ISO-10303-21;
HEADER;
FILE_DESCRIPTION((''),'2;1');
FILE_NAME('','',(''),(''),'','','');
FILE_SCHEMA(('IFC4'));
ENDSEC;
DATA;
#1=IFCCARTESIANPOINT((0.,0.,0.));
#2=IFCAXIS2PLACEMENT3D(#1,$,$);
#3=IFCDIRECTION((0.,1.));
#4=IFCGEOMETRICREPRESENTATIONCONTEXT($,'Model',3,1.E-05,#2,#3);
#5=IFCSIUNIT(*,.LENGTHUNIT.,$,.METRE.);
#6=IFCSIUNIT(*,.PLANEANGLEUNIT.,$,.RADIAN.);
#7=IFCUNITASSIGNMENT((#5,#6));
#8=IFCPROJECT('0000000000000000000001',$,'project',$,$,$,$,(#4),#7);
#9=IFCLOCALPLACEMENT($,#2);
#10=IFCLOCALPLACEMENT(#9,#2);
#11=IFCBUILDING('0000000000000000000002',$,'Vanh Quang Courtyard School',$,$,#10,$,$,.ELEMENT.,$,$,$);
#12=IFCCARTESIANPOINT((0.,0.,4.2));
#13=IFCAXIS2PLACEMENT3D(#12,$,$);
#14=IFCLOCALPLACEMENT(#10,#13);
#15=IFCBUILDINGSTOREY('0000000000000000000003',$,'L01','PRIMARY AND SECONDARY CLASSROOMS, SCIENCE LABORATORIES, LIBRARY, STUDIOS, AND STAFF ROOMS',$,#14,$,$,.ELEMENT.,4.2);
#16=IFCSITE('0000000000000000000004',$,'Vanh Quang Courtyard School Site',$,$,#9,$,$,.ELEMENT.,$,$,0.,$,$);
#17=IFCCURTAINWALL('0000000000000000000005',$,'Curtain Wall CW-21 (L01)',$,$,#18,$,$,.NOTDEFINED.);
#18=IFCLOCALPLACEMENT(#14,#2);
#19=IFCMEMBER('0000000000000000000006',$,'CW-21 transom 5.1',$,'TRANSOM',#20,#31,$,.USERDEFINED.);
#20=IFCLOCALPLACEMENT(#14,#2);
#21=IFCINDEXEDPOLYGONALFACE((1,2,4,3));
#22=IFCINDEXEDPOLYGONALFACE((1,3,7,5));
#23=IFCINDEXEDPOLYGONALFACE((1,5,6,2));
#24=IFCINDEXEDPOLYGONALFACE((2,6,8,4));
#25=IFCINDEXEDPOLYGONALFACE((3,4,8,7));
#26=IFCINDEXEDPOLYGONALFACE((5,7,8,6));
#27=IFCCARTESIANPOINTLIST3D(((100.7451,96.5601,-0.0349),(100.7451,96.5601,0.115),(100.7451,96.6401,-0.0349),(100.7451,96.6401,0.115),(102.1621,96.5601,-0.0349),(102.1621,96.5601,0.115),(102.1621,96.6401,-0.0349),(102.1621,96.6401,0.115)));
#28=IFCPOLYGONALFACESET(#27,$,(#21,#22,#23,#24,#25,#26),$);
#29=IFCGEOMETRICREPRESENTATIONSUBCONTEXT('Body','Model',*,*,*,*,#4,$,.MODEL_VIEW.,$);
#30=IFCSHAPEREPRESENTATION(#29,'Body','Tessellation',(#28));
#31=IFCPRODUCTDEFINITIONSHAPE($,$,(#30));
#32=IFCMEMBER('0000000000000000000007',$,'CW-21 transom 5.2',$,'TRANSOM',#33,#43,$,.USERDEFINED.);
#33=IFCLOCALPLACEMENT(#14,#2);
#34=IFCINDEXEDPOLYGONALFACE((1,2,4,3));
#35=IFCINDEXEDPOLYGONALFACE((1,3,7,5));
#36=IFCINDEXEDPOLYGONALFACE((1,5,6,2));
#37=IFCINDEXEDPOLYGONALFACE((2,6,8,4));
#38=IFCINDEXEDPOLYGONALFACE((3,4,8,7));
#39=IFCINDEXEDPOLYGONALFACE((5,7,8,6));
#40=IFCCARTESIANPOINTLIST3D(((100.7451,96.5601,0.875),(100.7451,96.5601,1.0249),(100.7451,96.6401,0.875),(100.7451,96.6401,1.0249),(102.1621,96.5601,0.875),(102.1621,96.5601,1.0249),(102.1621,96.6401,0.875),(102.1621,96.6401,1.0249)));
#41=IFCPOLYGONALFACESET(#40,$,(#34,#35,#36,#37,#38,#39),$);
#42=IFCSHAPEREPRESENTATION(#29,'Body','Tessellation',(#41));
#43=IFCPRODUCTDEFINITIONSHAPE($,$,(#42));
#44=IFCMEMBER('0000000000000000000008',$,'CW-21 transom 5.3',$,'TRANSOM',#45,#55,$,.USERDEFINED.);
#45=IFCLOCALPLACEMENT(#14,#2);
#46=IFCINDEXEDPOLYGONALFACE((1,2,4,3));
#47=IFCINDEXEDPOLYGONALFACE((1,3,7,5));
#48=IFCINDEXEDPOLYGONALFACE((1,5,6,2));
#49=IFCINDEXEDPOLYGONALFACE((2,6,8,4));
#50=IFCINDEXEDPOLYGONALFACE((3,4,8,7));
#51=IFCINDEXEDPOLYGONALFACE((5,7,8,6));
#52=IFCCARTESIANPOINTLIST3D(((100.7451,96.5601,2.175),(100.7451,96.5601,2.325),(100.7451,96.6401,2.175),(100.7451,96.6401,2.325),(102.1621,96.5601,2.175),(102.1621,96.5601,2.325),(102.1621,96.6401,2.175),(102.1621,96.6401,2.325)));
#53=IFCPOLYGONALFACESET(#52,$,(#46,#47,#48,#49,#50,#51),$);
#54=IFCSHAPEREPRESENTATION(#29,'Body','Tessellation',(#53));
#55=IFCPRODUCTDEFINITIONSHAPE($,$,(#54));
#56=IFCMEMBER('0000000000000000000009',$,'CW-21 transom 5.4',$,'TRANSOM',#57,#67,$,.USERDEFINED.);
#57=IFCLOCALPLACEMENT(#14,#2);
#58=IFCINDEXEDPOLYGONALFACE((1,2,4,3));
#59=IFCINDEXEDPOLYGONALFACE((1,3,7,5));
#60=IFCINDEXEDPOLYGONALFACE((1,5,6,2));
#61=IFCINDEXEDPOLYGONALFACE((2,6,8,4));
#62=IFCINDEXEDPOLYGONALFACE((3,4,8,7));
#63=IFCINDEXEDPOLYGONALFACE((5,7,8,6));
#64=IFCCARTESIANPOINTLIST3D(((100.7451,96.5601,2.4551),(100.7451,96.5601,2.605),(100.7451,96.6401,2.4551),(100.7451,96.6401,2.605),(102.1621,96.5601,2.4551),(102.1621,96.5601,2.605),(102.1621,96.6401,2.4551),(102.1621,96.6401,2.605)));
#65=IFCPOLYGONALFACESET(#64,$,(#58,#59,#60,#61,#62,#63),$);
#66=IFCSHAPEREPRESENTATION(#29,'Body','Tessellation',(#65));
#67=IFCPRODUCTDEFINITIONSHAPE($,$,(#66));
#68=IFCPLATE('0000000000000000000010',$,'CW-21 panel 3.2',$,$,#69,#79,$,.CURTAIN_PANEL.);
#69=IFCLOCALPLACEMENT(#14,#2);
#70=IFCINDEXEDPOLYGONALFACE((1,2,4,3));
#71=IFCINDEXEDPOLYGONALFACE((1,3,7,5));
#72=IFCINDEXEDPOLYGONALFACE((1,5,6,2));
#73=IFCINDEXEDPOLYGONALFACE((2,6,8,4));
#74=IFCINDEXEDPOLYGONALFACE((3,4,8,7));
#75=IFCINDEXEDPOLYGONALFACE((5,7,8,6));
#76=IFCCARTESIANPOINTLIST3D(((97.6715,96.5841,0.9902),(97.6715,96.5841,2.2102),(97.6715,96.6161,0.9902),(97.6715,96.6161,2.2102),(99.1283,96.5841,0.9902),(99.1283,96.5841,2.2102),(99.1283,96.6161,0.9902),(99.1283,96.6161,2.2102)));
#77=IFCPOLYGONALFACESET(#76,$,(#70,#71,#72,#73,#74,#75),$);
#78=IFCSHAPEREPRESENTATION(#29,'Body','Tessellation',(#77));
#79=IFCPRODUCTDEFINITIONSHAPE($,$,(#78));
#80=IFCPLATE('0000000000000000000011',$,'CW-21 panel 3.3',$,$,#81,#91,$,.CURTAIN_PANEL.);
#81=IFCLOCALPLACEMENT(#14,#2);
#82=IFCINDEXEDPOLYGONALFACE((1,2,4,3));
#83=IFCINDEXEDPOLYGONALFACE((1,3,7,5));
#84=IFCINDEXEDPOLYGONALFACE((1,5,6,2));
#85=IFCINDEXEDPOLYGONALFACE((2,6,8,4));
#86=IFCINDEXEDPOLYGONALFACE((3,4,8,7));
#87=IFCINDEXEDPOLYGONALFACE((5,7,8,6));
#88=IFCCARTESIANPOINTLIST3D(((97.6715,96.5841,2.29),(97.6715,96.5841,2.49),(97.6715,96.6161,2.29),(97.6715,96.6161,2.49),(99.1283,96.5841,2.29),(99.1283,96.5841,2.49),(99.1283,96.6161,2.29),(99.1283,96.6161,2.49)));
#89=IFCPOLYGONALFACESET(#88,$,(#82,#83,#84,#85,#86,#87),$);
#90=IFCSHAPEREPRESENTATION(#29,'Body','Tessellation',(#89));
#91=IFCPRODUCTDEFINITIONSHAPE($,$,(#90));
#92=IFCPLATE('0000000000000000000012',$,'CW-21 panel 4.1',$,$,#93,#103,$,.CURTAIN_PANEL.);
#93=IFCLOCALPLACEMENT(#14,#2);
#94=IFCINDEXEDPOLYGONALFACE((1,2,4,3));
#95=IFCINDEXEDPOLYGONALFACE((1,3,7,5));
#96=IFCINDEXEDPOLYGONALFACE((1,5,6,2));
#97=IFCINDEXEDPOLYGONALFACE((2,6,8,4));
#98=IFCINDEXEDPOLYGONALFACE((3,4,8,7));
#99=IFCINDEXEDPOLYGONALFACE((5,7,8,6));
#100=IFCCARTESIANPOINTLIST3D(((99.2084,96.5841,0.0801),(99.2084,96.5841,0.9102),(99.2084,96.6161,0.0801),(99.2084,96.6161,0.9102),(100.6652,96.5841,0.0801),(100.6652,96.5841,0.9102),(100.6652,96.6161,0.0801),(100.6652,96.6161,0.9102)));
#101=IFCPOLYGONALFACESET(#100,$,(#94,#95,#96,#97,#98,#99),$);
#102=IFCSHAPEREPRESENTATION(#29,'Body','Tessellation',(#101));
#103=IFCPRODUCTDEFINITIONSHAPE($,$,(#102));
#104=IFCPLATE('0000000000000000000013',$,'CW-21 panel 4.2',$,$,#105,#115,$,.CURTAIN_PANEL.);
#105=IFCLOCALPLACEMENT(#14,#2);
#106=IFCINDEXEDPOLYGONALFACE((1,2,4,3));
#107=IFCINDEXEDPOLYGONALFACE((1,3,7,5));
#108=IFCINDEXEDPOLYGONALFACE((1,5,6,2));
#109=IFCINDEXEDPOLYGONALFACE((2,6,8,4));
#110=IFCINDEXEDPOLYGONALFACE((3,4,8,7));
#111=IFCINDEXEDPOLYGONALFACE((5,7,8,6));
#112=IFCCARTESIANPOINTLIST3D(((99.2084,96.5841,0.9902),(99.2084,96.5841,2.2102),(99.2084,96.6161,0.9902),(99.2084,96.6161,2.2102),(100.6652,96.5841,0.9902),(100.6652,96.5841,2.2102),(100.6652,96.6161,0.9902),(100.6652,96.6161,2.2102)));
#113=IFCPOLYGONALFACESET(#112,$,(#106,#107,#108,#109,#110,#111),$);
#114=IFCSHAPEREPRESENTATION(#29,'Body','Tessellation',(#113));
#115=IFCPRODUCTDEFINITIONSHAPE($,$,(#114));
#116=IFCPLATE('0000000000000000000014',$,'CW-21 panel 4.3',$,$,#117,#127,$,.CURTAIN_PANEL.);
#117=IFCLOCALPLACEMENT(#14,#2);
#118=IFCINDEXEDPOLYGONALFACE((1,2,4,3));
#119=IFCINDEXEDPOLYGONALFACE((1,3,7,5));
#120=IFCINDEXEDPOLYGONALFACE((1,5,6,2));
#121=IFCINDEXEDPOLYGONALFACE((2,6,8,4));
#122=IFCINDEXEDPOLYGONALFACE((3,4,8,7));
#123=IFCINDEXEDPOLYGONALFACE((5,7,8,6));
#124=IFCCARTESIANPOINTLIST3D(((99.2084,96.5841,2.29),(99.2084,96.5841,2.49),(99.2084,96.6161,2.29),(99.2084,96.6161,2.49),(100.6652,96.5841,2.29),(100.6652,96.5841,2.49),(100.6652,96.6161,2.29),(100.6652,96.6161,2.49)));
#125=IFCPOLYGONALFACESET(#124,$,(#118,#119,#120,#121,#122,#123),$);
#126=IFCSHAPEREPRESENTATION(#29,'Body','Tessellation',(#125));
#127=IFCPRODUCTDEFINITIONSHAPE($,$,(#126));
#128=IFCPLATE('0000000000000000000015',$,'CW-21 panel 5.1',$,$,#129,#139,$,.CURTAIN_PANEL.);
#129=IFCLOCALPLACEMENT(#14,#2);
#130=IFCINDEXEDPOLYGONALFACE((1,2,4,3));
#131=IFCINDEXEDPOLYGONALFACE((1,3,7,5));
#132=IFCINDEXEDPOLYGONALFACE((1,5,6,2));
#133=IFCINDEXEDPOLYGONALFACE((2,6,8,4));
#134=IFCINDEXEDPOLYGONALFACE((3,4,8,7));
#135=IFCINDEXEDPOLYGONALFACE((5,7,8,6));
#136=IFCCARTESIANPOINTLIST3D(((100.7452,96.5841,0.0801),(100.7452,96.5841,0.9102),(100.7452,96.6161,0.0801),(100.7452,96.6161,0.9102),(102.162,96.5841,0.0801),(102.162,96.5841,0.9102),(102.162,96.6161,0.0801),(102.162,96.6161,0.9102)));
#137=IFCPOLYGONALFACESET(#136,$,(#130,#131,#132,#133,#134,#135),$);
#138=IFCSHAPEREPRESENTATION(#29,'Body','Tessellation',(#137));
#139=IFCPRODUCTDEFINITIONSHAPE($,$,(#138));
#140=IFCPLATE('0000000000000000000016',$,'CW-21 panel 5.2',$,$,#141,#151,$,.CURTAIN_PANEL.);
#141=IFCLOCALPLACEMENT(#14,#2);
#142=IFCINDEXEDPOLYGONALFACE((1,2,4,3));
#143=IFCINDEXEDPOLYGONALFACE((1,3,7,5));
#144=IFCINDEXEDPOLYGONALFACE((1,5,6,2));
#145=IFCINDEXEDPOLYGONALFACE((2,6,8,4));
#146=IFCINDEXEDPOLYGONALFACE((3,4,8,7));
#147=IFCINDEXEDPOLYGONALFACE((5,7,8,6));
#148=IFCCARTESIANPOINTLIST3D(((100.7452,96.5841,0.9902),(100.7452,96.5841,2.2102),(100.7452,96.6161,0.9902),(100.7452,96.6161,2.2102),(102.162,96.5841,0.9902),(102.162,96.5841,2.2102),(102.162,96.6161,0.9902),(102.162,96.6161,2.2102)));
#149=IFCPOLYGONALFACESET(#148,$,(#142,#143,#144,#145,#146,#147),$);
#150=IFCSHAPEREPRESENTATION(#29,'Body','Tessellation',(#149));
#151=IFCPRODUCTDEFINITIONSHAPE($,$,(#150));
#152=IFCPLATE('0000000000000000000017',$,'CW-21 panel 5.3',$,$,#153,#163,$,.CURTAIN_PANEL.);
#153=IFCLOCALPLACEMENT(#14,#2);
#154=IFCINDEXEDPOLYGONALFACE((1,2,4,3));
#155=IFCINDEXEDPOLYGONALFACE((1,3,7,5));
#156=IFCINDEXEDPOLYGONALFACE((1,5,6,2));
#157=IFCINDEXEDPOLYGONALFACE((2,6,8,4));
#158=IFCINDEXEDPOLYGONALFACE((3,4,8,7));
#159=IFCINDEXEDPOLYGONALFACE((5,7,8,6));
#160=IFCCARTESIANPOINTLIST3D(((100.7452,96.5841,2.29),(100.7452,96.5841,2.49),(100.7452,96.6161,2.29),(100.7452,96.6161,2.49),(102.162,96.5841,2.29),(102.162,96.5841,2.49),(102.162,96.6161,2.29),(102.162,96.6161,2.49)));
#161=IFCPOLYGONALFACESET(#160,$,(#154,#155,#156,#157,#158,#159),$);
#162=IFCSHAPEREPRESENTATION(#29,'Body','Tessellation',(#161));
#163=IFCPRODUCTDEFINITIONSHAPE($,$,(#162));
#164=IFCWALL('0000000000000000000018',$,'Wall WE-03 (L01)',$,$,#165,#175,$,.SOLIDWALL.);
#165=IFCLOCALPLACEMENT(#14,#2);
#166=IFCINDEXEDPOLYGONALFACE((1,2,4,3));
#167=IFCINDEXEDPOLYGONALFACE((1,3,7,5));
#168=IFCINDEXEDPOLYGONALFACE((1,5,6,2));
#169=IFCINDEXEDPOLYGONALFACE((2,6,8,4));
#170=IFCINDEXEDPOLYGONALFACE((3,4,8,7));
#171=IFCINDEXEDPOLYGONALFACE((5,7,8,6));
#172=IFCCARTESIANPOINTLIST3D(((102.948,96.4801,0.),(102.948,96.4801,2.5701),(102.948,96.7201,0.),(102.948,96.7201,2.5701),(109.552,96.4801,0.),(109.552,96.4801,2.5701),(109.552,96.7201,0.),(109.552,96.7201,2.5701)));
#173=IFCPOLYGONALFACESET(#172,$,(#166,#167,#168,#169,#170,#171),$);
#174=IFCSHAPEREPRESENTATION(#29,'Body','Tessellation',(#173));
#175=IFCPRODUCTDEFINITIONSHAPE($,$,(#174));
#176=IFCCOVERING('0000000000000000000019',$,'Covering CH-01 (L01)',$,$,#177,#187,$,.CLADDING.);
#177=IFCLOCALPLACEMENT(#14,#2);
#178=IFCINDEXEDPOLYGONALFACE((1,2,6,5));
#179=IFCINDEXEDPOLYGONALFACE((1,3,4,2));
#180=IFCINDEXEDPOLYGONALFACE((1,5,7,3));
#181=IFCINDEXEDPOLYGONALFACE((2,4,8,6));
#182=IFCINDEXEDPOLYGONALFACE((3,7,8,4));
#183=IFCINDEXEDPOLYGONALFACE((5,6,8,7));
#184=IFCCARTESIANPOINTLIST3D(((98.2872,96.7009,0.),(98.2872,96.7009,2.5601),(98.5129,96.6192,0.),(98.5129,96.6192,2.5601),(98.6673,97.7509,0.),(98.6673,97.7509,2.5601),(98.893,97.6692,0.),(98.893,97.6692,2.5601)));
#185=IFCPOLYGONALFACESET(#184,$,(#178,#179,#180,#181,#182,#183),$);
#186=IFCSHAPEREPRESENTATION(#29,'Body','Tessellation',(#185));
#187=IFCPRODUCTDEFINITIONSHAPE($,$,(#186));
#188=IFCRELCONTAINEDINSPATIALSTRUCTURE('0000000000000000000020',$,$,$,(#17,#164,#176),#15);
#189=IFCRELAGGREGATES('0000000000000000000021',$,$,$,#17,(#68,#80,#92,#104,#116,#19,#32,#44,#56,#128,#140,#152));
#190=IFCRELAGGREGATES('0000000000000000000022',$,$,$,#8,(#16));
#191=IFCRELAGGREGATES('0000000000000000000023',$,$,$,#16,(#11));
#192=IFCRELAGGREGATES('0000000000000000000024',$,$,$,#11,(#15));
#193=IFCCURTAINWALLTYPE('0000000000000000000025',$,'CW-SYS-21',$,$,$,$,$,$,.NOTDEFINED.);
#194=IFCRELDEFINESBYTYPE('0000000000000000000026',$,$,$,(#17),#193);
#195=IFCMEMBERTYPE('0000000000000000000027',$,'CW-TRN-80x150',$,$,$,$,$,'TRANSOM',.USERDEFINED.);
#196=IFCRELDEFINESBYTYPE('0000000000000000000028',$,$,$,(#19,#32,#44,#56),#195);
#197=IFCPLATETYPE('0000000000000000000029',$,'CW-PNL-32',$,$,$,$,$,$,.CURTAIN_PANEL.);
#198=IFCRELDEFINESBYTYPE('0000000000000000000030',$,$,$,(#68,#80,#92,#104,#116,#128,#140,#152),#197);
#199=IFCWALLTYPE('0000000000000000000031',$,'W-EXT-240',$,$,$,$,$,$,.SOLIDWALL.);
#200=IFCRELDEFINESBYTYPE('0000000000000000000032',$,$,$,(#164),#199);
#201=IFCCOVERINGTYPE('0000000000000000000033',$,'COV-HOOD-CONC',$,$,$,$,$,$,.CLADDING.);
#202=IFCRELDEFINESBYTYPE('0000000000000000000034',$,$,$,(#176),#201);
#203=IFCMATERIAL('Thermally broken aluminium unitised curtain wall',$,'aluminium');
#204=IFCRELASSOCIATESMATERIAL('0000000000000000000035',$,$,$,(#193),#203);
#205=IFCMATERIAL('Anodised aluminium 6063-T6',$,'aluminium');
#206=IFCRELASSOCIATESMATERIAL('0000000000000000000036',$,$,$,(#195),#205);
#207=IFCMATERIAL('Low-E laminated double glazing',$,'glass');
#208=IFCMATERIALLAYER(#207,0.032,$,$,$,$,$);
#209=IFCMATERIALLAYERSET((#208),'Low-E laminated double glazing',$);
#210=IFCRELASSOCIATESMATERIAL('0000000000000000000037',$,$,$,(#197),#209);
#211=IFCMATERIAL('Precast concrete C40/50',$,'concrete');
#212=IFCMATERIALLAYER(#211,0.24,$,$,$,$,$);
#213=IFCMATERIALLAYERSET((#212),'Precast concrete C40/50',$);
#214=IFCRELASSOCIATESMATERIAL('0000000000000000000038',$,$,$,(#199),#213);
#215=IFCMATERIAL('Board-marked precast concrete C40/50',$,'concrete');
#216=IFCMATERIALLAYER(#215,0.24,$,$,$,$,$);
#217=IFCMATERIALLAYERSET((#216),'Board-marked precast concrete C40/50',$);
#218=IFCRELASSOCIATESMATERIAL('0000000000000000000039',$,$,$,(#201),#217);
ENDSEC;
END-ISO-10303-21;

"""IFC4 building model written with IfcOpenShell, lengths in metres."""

from ifc_helpers import new_model, si_unit, direction, frame, frame_2d, origin, origin_2d, place, context, subcontext, project, spatial, rectangle, extrude, material, layer, layer_set, material_profile, profile_set, type_object, element, aggregate, save


model = new_model("IFC4")

# Units and contexts
model_context = context("Model", 3, precision=1e-05, world=origin(), true_north=direction((0.0, 1.0)))
body_context = subcontext(model_context, "Body", "Model", "MODEL_VIEW")
ifc_project = project(units=[si_unit("LENGTHUNIT", "METRE"), si_unit("PLANEANGLEUNIT", "RADIAN")], contexts=[model_context])

# Site, building, storey
site_placement = place(None, origin())
site = spatial("IfcSite", under=ifc_project, at=site_placement, Name="Vanh Quang Courtyard School Site", CompositionType="ELEMENT", RefElevation=0.0)
building_placement = place(site_placement, origin())
building = spatial("IfcBuilding", under=site, at=building_placement, Name="Vanh Quang Courtyard School", CompositionType="ELEMENT")
storey_placement = place(building_placement, frame((0.0, 0.0, 4.2)))
storey = spatial("IfcBuildingStorey", under=building, at=storey_placement, Name="L01", Description="PRIMARY AND SECONDARY CLASSROOMS, SCIENCE LABORATORIES, LIBRARY, STUDIOS, AND STAFF ROOMS", CompositionType="ELEMENT", Elevation=4.2)

# Curtain wall, members, plates
ifc_material_1 = material(Name="Thermally broken aluminium unitised curtain wall", Category="aluminium")
curtain_wall_type = type_object("IfcCurtainWallType", Name="CW-SYS-21", PredefinedType="NOTDEFINED", material=ifc_material_1)
curtain_wall_placement = place(storey_placement, origin())
curtain_wall = element("IfcCurtainWall", 1, at=curtain_wall_placement, inside=storey, type_object=curtain_wall_type, Name="Curtain Wall CW-21 (L01)", PredefinedType="NOTDEFINED")
ifc_material_2 = material(Name="Anodised aluminium 6063-T6", Category="aluminium")
ifc_material_profile_1 = material_profile(ifc_material_2, rectangle(XDim=0.0801, YDim=0.1499, at=origin_2d()), Name="ALU-TRN 80x150")
ifc_profile_set_1 = profile_set([ifc_material_profile_1], Name="Anodised aluminium 6063-T6")
member_type_1 = type_object("IfcMemberType", Name="CW-TRN-80x150", ElementType="TRANSOM", PredefinedType="USERDEFINED", material=ifc_profile_set_1)
member_1_placement = place(storey_placement, frame((100.7451, 96.6001, 0.04), z_axis=(1.0, 0.0, 0.0), x_axis=(0.0, 1.0, 0.0)))
member_1 = element("IfcMember", 2, at=member_1_placement, type_object=member_type_1, Name="CW-21 transom 5.1", ObjectType="TRANSOM", PredefinedType="USERDEFINED", context=body_context, shape_type="SweptSolid", body=[
    extrude(rectangle(XDim=0.0801, YDim=0.1499, at=origin_2d()), origin(), (0.0, 0.0, 1.0), 1.417),
])
member_2_placement = place(storey_placement, frame((100.7451, 96.6001, 0.95), z_axis=(1.0, 0.0, 0.0), x_axis=(0.0, 1.0, 0.0)))
member_2 = element("IfcMember", 3, at=member_2_placement, type_object=member_type_1, Name="CW-21 transom 5.2", ObjectType="TRANSOM", PredefinedType="USERDEFINED", context=body_context, shape_type="SweptSolid", body=[
    extrude(rectangle(XDim=0.0801, YDim=0.1499, at=origin_2d()), origin(), (0.0, 0.0, 1.0), 1.417),
])
member_3_placement = place(storey_placement, frame((100.7451, 96.6001, 2.25), z_axis=(1.0, 0.0, 0.0), x_axis=(0.0, 1.0, 0.0)))
member_3 = element("IfcMember", 4, at=member_3_placement, type_object=member_type_1, Name="CW-21 transom 5.3", ObjectType="TRANSOM", PredefinedType="USERDEFINED", context=body_context, shape_type="SweptSolid", body=[
    extrude(rectangle(XDim=0.0801, YDim=0.1499, at=origin_2d()), origin(), (0.0, 0.0, 1.0), 1.417),
])
member_4_placement = place(storey_placement, frame((100.7451, 96.6001, 2.53), z_axis=(1.0, 0.0, 0.0), x_axis=(0.0, 1.0, 0.0)))
member_4 = element("IfcMember", 5, at=member_4_placement, type_object=member_type_1, Name="CW-21 transom 5.4", ObjectType="TRANSOM", PredefinedType="USERDEFINED", context=body_context, shape_type="SweptSolid", body=[
    extrude(rectangle(XDim=0.0801, YDim=0.1499, at=origin_2d()), origin(), (0.0, 0.0, 1.0), 1.417),
])
ifc_material_3 = material(Name="Low-E laminated double glazing", Category="glass")
ifc_layer_1 = layer(ifc_material_3, 0.032)
ifc_layer_set_1 = layer_set([ifc_layer_1], Name="Low-E laminated double glazing")
plate_type = type_object("IfcPlateType", Name="CW-PNL-32", PredefinedType="CURTAIN_PANEL", material=ifc_layer_set_1)
plate_1_placement = place(storey_placement, frame((98.3999, 96.6001, 0.9902), z_axis=(0.0, 0.0, 1.0), x_axis=(1.0, 0.0, 0.0)))
plate_1 = element("IfcPlate", 6, at=plate_1_placement, type_object=plate_type, Name="CW-21 panel 3.2", PredefinedType="CURTAIN_PANEL", context=body_context, shape_type="SweptSolid", body=[
    extrude(rectangle(XDim=1.4568, YDim=0.032, at=origin_2d()), origin(), (0.0, 0.0, 1.0), 1.22),
])
plate_2_placement = place(storey_placement, frame((98.3999, 96.6001, 2.29), z_axis=(0.0, 0.0, 1.0), x_axis=(1.0, 0.0, 0.0)))
plate_2 = element("IfcPlate", 7, at=plate_2_placement, type_object=plate_type, Name="CW-21 panel 3.3", PredefinedType="CURTAIN_PANEL", context=body_context, shape_type="SweptSolid", body=[
    extrude(rectangle(XDim=1.4568, YDim=0.032, at=origin_2d()), origin(), (0.0, 0.0, 1.0), 0.2),
])
plate_3_placement = place(storey_placement, frame((99.9368, 96.6001, 0.0801), z_axis=(0.0, 0.0, 1.0), x_axis=(1.0, 0.0, 0.0)))
plate_3 = element("IfcPlate", 8, at=plate_3_placement, type_object=plate_type, Name="CW-21 panel 4.1", PredefinedType="CURTAIN_PANEL", context=body_context, shape_type="SweptSolid", body=[
    extrude(rectangle(XDim=1.4568, YDim=0.032, at=origin_2d()), origin(), (0.0, 0.0, 1.0), 0.8301),
])
plate_4_placement = place(storey_placement, frame((99.9368, 96.6001, 0.9902), z_axis=(0.0, 0.0, 1.0), x_axis=(1.0, 0.0, 0.0)))
plate_4 = element("IfcPlate", 9, at=plate_4_placement, type_object=plate_type, Name="CW-21 panel 4.2", PredefinedType="CURTAIN_PANEL", context=body_context, shape_type="SweptSolid", body=[
    extrude(rectangle(XDim=1.4568, YDim=0.032, at=origin_2d()), origin(), (0.0, 0.0, 1.0), 1.22),
])
plate_5_placement = place(storey_placement, frame((99.9368, 96.6001, 2.29), z_axis=(0.0, 0.0, 1.0), x_axis=(1.0, 0.0, 0.0)))
plate_5 = element("IfcPlate", 10, at=plate_5_placement, type_object=plate_type, Name="CW-21 panel 4.3", PredefinedType="CURTAIN_PANEL", context=body_context, shape_type="SweptSolid", body=[
    extrude(rectangle(XDim=1.4568, YDim=0.032, at=origin_2d()), origin(), (0.0, 0.0, 1.0), 0.2),
])
plate_6_placement = place(storey_placement, frame((101.4536, 96.6001, 0.0801), z_axis=(0.0, 0.0, 1.0), x_axis=(1.0, 0.0, 0.0)))
plate_6 = element("IfcPlate", 11, at=plate_6_placement, type_object=plate_type, Name="CW-21 panel 5.1", PredefinedType="CURTAIN_PANEL", context=body_context, shape_type="SweptSolid", body=[
    extrude(rectangle(XDim=1.4167, YDim=0.032, at=origin_2d()), origin(), (0.0, 0.0, 1.0), 0.8301),
])
plate_7_placement = place(storey_placement, frame((101.4536, 96.6001, 0.9902), z_axis=(0.0, 0.0, 1.0), x_axis=(1.0, 0.0, 0.0)))
plate_7 = element("IfcPlate", 12, at=plate_7_placement, type_object=plate_type, Name="CW-21 panel 5.2", PredefinedType="CURTAIN_PANEL", context=body_context, shape_type="SweptSolid", body=[
    extrude(rectangle(XDim=1.4167, YDim=0.032, at=origin_2d()), origin(), (0.0, 0.0, 1.0), 1.22),
])
plate_8_placement = place(storey_placement, frame((101.4536, 96.6001, 2.29), z_axis=(0.0, 0.0, 1.0), x_axis=(1.0, 0.0, 0.0)))
plate_8 = element("IfcPlate", 13, at=plate_8_placement, type_object=plate_type, Name="CW-21 panel 5.3", PredefinedType="CURTAIN_PANEL", context=body_context, shape_type="SweptSolid", body=[
    extrude(rectangle(XDim=1.4167, YDim=0.032, at=origin_2d()), origin(), (0.0, 0.0, 1.0), 0.2),
])
aggregate(curtain_wall, [plate_1, plate_2, plate_3, plate_4, plate_5, member_1, member_2, member_3, member_4, plate_6, plate_7, plate_8])

# Wall
ifc_material_4 = material(Name="Precast concrete C40/50", Category="concrete")
ifc_layer_2 = layer(ifc_material_4, 0.24)
ifc_layer_set_2 = layer_set([ifc_layer_2], Name="Precast concrete C40/50")
wall_type = type_object("IfcWallType", Name="W-EXT-240", PredefinedType="SOLIDWALL", material=ifc_layer_set_2)
wall_placement = place(storey_placement, frame((102.948, 96.6001, 0.0), z_axis=(0.0, 0.0, 1.0), x_axis=(1.0, 0.0, 0.0)))
element("IfcWall", 14, at=wall_placement, inside=storey, type_object=wall_type, Name="Wall WE-03 (L01)", PredefinedType="SOLIDWALL", context=body_context, shape_type="SweptSolid", body=[
    extrude(rectangle(XDim=6.604, YDim=0.24, at=frame_2d((3.302, 0.0))), origin(), (0.0, 0.0, 1.0), 2.5701),
])

# Covering
ifc_material_5 = material(Name="Board-marked precast concrete C40/50", Category="concrete")
ifc_layer_3 = layer(ifc_material_5, 0.24)
ifc_layer_set_3 = layer_set([ifc_layer_3], Name="Board-marked precast concrete C40/50")
covering_type = type_object("IfcCoveringType", Name="COV-HOOD-CONC", PredefinedType="CLADDING", material=ifc_layer_set_3)
covering_placement = place(storey_placement, frame((98.5901, 97.1851, 0.0), z_axis=(0.0, 0.0, 1.0), x_axis=(0.34038, 0.940288, 0.0)))
element("IfcCovering", 15, at=covering_placement, inside=storey, type_object=covering_type, Name="Covering CH-01 (L01)", PredefinedType="CLADDING", context=body_context, shape_type="SweptSolid", body=[
    extrude(rectangle(XDim=1.1167, YDim=0.24, at=origin_2d()), origin(), (0.0, 0.0, 1.0), 2.5601),
])

save(model, "model.ifc")
